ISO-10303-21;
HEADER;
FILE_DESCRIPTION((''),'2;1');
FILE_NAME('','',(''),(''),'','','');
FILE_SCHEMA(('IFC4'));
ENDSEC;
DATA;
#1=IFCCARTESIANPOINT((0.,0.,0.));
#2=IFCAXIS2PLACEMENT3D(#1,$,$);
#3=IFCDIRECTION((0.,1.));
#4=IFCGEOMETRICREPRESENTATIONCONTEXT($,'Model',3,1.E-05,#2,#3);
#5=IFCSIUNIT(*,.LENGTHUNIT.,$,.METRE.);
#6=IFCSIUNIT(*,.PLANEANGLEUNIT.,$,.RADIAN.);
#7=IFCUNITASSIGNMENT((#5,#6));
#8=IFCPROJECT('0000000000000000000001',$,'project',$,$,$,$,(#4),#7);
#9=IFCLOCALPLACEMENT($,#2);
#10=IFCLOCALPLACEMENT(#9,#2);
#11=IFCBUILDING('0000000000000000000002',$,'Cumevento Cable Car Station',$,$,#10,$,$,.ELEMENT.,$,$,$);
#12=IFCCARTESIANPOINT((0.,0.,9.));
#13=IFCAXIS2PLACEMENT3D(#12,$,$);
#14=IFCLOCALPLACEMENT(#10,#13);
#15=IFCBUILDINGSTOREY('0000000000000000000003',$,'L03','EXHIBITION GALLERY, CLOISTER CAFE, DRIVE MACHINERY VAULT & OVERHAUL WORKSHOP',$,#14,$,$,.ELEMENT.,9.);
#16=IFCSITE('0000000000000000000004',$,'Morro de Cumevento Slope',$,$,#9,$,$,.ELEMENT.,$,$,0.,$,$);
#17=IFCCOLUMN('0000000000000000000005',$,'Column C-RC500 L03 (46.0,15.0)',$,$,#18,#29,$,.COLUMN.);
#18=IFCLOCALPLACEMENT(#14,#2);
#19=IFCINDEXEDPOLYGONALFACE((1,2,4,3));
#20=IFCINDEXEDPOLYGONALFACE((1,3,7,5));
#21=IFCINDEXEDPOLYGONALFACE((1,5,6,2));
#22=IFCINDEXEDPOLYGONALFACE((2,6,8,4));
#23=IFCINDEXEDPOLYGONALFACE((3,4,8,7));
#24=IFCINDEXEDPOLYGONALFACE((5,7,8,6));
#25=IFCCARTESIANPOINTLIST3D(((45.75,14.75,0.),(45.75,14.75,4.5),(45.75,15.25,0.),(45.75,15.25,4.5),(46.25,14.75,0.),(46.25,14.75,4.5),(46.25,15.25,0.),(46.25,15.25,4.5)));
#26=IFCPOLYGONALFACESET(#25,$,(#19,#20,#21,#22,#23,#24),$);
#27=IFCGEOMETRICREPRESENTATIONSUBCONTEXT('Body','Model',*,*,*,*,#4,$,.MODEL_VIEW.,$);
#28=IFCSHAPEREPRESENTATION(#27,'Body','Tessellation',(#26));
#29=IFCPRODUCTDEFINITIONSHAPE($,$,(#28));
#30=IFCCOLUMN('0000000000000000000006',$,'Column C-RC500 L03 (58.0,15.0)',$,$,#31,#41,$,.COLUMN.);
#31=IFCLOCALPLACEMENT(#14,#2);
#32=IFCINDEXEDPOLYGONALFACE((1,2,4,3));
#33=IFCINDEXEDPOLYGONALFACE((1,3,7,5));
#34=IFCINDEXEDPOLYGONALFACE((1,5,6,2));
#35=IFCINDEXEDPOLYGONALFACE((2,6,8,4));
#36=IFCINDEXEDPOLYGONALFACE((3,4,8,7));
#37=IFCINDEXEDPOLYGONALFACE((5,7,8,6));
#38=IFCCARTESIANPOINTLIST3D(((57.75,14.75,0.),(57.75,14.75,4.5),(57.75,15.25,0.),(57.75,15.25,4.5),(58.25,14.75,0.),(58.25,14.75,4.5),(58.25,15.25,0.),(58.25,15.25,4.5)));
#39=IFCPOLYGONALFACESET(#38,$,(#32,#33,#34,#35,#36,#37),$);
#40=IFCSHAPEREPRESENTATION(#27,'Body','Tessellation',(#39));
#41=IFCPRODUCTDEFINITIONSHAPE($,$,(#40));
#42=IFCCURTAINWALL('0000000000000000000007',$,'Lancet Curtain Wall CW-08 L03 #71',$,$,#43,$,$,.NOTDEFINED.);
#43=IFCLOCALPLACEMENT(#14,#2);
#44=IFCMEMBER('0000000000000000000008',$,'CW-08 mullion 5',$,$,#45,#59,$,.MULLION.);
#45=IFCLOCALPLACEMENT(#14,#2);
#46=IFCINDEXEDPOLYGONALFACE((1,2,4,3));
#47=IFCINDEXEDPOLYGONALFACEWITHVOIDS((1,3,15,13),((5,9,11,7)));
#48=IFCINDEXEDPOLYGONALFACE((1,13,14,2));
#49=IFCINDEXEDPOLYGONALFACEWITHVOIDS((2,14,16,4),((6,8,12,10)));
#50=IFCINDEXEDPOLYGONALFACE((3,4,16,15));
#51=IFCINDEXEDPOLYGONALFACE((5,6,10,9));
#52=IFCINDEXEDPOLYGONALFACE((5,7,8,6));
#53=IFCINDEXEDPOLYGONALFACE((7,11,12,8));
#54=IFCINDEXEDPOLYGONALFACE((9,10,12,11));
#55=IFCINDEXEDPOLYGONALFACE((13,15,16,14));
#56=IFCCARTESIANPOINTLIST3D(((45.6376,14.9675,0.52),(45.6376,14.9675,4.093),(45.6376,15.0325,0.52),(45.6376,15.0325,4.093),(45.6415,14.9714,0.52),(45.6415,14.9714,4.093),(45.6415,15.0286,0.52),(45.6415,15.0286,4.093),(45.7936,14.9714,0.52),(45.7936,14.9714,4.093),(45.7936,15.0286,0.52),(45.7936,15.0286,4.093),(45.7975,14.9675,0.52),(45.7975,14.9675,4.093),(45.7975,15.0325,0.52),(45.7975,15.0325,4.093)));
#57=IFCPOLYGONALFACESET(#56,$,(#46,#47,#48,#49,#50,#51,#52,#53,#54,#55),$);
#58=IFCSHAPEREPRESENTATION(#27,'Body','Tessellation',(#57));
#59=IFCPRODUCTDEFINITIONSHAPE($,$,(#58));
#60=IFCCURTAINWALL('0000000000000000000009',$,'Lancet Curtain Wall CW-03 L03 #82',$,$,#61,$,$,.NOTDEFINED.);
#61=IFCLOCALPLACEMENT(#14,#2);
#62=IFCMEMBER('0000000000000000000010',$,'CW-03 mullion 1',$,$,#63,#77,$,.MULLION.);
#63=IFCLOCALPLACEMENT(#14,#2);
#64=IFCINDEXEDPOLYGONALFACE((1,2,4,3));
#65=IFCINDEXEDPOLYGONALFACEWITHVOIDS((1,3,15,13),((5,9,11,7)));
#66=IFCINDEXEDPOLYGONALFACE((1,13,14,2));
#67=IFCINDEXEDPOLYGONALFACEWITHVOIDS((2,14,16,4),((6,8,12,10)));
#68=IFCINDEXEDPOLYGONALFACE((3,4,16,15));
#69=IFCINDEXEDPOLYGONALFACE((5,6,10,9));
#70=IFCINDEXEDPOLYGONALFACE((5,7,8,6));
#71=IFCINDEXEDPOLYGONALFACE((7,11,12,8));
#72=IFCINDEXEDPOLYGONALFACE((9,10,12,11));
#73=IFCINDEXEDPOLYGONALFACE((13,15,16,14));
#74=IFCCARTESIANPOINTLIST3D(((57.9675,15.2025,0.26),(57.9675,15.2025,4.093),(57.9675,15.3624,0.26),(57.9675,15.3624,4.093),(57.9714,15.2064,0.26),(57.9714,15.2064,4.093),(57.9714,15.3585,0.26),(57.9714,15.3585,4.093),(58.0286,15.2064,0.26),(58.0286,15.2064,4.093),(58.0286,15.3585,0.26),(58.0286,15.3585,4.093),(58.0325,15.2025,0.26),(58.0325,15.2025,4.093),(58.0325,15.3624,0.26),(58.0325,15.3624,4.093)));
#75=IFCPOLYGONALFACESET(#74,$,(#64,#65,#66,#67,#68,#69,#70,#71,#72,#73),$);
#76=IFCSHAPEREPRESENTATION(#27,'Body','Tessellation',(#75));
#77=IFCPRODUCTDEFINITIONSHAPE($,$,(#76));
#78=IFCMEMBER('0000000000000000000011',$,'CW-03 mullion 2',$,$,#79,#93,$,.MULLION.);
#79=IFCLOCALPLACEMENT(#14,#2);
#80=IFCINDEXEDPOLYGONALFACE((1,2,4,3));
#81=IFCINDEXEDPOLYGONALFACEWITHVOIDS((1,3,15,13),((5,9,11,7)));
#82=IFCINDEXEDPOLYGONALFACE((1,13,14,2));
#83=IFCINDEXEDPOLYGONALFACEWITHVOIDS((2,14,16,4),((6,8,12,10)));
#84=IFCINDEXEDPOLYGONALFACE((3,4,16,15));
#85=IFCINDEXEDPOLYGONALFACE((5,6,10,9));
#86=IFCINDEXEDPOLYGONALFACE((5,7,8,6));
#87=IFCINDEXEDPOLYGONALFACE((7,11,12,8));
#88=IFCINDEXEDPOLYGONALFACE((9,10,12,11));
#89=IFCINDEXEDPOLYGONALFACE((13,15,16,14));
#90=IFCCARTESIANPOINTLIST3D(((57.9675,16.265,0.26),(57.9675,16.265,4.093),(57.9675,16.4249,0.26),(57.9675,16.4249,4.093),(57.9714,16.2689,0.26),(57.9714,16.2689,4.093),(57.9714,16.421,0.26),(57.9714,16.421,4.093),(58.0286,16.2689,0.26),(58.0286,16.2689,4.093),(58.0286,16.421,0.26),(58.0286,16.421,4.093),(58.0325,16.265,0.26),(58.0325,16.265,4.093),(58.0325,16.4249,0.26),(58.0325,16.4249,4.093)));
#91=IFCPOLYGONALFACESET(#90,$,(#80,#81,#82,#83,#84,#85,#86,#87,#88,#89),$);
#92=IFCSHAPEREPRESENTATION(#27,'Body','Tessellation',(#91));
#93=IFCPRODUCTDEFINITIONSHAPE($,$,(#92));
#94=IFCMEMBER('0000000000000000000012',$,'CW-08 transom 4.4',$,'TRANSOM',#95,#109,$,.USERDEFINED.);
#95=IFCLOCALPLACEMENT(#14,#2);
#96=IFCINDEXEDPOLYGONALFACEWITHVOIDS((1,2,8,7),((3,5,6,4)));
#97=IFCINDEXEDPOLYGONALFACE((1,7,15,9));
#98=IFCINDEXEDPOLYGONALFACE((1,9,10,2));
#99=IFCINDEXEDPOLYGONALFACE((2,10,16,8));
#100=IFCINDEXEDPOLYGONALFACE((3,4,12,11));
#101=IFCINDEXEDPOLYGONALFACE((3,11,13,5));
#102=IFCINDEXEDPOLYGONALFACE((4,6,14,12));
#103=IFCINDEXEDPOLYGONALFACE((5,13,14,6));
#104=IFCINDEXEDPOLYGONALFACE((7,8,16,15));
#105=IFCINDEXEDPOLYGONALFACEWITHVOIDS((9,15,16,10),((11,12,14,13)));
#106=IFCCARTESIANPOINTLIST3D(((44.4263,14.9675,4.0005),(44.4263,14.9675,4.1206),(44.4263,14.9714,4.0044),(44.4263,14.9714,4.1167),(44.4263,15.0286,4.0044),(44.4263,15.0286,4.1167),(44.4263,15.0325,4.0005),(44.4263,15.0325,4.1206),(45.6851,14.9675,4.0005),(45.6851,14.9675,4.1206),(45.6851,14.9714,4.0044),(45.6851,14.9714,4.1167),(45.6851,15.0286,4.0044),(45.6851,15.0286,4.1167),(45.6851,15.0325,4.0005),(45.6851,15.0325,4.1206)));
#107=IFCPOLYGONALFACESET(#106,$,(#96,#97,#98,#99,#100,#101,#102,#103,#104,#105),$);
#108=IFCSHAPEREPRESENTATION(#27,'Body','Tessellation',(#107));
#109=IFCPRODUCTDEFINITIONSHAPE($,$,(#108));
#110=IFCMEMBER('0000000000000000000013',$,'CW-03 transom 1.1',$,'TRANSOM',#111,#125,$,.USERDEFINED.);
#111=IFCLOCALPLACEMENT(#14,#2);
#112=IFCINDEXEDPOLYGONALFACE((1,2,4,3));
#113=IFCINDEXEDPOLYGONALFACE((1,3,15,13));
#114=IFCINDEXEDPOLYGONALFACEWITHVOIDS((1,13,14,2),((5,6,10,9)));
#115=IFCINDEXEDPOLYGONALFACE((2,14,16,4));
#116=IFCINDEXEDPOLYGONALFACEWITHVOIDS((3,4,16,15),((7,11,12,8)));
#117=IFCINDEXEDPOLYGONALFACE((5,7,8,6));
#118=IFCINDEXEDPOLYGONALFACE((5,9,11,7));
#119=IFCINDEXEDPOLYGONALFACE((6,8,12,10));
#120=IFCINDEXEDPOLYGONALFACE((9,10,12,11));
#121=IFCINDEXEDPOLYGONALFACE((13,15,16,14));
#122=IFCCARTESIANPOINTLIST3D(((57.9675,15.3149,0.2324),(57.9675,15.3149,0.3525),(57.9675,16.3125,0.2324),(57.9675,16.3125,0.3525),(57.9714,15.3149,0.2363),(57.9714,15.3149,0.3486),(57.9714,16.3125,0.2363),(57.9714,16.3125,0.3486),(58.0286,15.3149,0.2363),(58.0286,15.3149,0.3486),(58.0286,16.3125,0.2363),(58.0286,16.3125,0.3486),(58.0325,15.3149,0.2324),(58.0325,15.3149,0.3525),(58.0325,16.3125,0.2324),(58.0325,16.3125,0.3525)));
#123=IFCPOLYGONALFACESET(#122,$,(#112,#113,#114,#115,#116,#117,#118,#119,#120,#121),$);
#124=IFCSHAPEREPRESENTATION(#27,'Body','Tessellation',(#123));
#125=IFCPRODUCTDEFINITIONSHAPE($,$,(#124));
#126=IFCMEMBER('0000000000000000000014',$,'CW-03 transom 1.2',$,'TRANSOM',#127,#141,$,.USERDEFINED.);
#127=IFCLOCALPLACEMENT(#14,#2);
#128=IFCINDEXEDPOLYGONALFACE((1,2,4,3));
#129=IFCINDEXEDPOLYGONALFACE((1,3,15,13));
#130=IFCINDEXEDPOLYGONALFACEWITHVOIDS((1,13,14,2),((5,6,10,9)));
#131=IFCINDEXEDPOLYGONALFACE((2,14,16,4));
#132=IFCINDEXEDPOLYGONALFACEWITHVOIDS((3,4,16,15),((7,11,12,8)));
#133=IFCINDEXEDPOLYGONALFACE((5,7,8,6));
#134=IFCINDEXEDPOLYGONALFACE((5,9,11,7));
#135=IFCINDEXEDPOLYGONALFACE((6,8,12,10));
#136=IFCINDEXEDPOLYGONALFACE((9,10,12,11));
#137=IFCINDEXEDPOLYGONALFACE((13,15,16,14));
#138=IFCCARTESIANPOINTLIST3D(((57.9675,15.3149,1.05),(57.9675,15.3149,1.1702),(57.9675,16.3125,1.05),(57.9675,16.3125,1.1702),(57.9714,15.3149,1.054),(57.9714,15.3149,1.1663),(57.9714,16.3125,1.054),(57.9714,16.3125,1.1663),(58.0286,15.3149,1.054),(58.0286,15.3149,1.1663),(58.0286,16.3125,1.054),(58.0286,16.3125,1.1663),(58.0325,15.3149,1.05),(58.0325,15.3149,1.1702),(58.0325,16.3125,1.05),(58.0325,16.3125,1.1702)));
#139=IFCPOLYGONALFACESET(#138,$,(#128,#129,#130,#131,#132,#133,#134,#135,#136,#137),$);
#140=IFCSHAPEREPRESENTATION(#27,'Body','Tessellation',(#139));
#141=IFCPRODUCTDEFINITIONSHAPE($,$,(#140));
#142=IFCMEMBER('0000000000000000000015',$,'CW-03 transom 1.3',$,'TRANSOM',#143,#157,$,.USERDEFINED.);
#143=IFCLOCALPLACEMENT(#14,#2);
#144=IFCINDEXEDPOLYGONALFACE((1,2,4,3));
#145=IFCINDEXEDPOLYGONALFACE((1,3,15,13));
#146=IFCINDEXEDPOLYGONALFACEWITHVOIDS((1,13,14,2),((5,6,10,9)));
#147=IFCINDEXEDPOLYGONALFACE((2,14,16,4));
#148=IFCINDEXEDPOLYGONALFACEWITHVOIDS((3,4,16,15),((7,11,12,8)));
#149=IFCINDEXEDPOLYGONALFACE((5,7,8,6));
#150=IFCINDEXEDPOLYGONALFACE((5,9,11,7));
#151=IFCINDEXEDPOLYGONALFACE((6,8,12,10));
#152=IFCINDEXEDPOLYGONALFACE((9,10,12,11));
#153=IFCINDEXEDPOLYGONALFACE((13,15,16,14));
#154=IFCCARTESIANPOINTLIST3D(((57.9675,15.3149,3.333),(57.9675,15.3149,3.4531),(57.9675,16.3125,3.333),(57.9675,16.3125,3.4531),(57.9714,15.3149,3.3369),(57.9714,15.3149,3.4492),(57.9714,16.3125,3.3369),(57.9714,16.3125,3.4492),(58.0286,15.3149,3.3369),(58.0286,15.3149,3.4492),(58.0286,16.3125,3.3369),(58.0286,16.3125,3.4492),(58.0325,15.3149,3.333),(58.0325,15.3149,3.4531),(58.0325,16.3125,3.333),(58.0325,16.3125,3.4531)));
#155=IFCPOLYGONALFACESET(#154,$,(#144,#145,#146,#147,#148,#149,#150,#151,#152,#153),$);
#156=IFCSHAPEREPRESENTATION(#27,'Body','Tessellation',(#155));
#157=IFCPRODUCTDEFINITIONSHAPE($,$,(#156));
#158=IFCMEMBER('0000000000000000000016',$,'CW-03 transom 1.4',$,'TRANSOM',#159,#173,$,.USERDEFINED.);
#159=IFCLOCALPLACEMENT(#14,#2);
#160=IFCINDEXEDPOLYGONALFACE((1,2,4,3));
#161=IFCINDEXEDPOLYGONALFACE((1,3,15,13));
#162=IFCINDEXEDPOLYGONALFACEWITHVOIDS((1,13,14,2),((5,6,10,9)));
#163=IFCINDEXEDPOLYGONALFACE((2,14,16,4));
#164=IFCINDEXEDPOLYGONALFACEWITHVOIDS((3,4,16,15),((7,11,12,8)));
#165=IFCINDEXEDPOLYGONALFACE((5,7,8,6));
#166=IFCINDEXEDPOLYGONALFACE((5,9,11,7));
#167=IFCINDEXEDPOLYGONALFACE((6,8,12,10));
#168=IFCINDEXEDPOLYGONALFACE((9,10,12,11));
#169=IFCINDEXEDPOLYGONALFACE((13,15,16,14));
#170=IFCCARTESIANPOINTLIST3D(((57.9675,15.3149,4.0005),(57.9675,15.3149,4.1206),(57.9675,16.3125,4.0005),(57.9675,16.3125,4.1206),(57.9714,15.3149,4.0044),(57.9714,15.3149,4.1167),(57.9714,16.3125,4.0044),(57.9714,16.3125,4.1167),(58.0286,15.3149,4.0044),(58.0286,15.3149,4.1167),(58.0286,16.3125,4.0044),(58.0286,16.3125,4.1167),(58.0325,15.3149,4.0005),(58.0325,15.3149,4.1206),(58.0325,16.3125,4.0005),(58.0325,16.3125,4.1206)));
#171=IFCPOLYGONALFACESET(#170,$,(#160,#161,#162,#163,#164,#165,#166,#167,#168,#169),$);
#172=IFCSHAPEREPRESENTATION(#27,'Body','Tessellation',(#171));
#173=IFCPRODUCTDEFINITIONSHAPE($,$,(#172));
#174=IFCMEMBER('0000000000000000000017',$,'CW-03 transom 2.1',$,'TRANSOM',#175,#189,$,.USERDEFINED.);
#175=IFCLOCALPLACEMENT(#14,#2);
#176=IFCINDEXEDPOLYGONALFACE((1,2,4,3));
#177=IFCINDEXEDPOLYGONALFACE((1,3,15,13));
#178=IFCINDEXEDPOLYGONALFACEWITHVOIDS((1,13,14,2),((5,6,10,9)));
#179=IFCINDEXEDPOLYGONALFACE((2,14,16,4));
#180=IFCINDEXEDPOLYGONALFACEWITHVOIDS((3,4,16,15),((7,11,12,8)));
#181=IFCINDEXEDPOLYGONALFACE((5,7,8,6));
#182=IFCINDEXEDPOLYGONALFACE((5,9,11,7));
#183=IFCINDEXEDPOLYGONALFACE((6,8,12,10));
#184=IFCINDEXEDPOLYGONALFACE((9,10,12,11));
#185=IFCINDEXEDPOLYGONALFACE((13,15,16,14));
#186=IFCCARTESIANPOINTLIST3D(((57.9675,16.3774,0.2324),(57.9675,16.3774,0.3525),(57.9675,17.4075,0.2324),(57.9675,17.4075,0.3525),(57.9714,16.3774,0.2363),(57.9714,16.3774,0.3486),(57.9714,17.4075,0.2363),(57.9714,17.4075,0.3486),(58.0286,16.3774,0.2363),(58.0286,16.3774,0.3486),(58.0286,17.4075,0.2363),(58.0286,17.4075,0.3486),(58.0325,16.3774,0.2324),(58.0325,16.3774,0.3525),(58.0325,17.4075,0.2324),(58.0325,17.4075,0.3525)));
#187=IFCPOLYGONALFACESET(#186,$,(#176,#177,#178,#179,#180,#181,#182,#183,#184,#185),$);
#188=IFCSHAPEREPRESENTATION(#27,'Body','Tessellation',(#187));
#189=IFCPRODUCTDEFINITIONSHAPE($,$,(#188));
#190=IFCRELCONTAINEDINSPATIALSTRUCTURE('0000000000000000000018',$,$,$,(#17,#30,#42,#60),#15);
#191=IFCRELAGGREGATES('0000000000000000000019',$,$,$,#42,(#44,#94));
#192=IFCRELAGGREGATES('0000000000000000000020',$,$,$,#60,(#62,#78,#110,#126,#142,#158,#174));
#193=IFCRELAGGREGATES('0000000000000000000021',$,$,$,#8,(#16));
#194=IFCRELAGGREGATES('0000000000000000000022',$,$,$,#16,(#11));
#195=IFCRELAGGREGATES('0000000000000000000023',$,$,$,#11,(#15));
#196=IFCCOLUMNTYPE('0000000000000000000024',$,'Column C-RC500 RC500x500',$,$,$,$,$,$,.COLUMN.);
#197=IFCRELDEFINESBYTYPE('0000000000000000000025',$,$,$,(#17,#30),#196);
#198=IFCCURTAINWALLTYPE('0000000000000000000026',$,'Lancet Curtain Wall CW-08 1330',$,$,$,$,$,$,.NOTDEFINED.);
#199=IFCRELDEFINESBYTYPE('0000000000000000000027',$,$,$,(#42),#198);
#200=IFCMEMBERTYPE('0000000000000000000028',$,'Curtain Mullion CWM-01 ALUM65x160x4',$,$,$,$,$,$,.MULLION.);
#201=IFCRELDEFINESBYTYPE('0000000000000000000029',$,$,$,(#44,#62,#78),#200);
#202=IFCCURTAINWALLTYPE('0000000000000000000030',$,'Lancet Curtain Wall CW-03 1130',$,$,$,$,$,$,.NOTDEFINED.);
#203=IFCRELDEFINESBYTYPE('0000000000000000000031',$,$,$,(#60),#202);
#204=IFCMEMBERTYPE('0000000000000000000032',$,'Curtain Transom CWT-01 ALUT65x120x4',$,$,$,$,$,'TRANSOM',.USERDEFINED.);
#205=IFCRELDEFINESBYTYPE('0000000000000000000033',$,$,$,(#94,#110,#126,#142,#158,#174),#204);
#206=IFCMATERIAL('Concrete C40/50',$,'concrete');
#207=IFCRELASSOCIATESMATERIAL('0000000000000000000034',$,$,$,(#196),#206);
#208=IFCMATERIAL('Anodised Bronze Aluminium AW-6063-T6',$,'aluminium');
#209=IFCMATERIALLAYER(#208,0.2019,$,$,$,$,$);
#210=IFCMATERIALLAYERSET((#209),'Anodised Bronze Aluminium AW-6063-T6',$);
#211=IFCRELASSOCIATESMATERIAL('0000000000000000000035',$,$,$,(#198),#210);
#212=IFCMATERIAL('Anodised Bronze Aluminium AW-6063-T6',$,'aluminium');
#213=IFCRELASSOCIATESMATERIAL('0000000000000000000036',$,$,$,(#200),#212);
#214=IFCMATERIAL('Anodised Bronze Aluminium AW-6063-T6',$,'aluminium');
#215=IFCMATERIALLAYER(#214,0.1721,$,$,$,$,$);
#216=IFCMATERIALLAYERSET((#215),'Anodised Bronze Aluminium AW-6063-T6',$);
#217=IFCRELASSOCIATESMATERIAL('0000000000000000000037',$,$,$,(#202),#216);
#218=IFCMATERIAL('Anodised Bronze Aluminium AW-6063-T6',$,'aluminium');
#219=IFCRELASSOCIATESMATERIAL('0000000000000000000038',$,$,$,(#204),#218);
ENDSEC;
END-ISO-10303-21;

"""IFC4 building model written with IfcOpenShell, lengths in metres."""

from ifc_helpers import new_model, si_unit, direction, frame, origin, origin_2d, place, context, subcontext, project, spatial, rectangle, hollow_rectangle, extrude, material, layer, layer_set, material_profile, profile_set, type_object, element, aggregate, save


model = new_model("IFC4")

# Units and contexts
model_context = context("Model", 3, precision=1e-05, world=origin(), true_north=direction((0.0, 1.0)))
body_context = subcontext(model_context, "Body", "Model", "MODEL_VIEW")
ifc_project = project(units=[si_unit("LENGTHUNIT", "METRE"), si_unit("PLANEANGLEUNIT", "RADIAN")], contexts=[model_context])

# Site, building, storey
site_placement = place(None, origin())
site = spatial("IfcSite", under=ifc_project, at=site_placement, Name="Morro de Cumevento Slope", CompositionType="ELEMENT", RefElevation=0.0)
building_placement = place(site_placement, origin())
building = spatial("IfcBuilding", under=site, at=building_placement, Name="Cumevento Cable Car Station", CompositionType="ELEMENT")
storey_placement = place(building_placement, frame((0.0, 0.0, 9.0)))
storey = spatial("IfcBuildingStorey", under=building, at=storey_placement, Name="L03", Description="EXHIBITION GALLERY, CLOISTER CAFE, DRIVE MACHINERY VAULT & OVERHAUL WORKSHOP", CompositionType="ELEMENT", Elevation=9.0)

# Columns
ifc_material_1 = material(Name="Concrete C40/50", Category="concrete")
ifc_material_profile_1 = material_profile(ifc_material_1, rectangle(XDim=0.5, YDim=0.5, at=origin_2d()), Name="RC500x500")
ifc_profile_set_1 = profile_set([ifc_material_profile_1], Name="Concrete C40/50")
column_type = type_object("IfcColumnType", Name="Column C-RC500 RC500x500", PredefinedType="COLUMN", material=ifc_profile_set_1)
for number, where, z_axis, x_axis, name in (
    (1, (46.0, 15.0, 0.0), (0.0, 0.0, 1.0), (1.0, 0.0, 0.0), "Column C-RC500 L03 (46.0,15.0)"),
    (2, (58.0, 15.0, 0.0), (0.0, 0.0, 1.0), (1.0, 0.0, 0.0), "Column C-RC500 L03 (58.0,15.0)"),
):
    element("IfcColumn", number, at=place(storey_placement, frame(where, z_axis=z_axis, x_axis=x_axis)), inside=storey, type_object=column_type, Name=name, PredefinedType="COLUMN", context=body_context, shape_type="SweptSolid", body=[
        extrude(rectangle(XDim=0.5, YDim=0.5, at=origin_2d()), origin(), (0.0, 0.0, 1.0), 4.5),
    ])

# Curtain wall, member
ifc_material_2 = material(Name="Anodised Bronze Aluminium AW-6063-T6", Category="aluminium")
ifc_layer_1 = layer(ifc_material_2, 0.2019)
ifc_layer_set_1 = layer_set([ifc_layer_1], Name="Anodised Bronze Aluminium AW-6063-T6")
curtain_wall_type_1 = type_object("IfcCurtainWallType", Name="Lancet Curtain Wall CW-08 1330", PredefinedType="NOTDEFINED", material=ifc_layer_set_1)
curtain_wall_1_placement = place(storey_placement, origin())
curtain_wall_1 = element("IfcCurtainWall", 3, at=curtain_wall_1_placement, inside=storey, type_object=curtain_wall_type_1, Name="Lancet Curtain Wall CW-08 L03 #71", PredefinedType="NOTDEFINED")
ifc_material_3 = material(Name="Anodised Bronze Aluminium AW-6063-T6", Category="aluminium")
ifc_material_profile_2 = material_profile(ifc_material_3, hollow_rectangle(XDim=0.0649, YDim=0.1599, WallThickness=0.0039, at=origin_2d()), Name="ALUM65x160x4")
ifc_profile_set_2 = profile_set([ifc_material_profile_2], Name="Anodised Bronze Aluminium AW-6063-T6")
member_type_1 = type_object("IfcMemberType", Name="Curtain Mullion CWM-01 ALUM65x160x4", PredefinedType="MULLION", material=ifc_profile_set_2)
member_1_placement = place(storey_placement, frame((45.7175, 15.0, 0.52), z_axis=(0.0, 0.0, 1.0), x_axis=(0.0, 1.0, 0.0)))
member_1 = element("IfcMember", 4, at=member_1_placement, type_object=member_type_1, Name="CW-08 mullion 5", PredefinedType="MULLION", context=body_context, shape_type="SweptSolid", body=[
    extrude(hollow_rectangle(XDim=0.0649, YDim=0.1599, WallThickness=0.0039, at=origin_2d()), origin(), (0.0, 0.0, 1.0), 3.573),
])

# Curtain wall, members
ifc_material_4 = material(Name="Anodised Bronze Aluminium AW-6063-T6", Category="aluminium")
ifc_layer_2 = layer(ifc_material_4, 0.1721)
ifc_layer_set_2 = layer_set([ifc_layer_2], Name="Anodised Bronze Aluminium AW-6063-T6")
curtain_wall_type_2 = type_object("IfcCurtainWallType", Name="Lancet Curtain Wall CW-03 1130", PredefinedType="NOTDEFINED", material=ifc_layer_set_2)
curtain_wall_2_placement = place(storey_placement, origin())
curtain_wall_2 = element("IfcCurtainWall", 5, at=curtain_wall_2_placement, inside=storey, type_object=curtain_wall_type_2, Name="Lancet Curtain Wall CW-03 L03 #82", PredefinedType="NOTDEFINED")
member_2_placement = place(storey_placement, frame((58.0, 15.2825, 0.26), z_axis=(0.0, 0.0, 1.0), x_axis=(-1.0, 0.0, 0.0)))
member_2 = element("IfcMember", 6, at=member_2_placement, type_object=member_type_1, Name="CW-03 mullion 1", PredefinedType="MULLION", context=body_context, shape_type="SweptSolid", body=[
    extrude(hollow_rectangle(XDim=0.0649, YDim=0.1599, WallThickness=0.0039, at=origin_2d()), origin(), (0.0, 0.0, 1.0), 3.833),
])
member_3_placement = place(storey_placement, frame((58.0, 16.345, 0.26), z_axis=(0.0, 0.0, 1.0), x_axis=(-1.0, 0.0, 0.0)))
member_3 = element("IfcMember", 7, at=member_3_placement, type_object=member_type_1, Name="CW-03 mullion 2", PredefinedType="MULLION", context=body_context, shape_type="SweptSolid", body=[
    extrude(hollow_rectangle(XDim=0.0649, YDim=0.1599, WallThickness=0.0039, at=origin_2d()), origin(), (0.0, 0.0, 1.0), 3.833),
])

# Members
ifc_material_5 = material(Name="Anodised Bronze Aluminium AW-6063-T6", Category="aluminium")
ifc_material_profile_3 = material_profile(ifc_material_5, hollow_rectangle(XDim=0.0649, YDim=0.1201, WallThickness=0.0039, at=origin_2d()), Name="ALUT65x120x4")
ifc_profile_set_3 = profile_set([ifc_material_profile_3], Name="Anodised Bronze Aluminium AW-6063-T6")
member_type_2 = type_object("IfcMemberType", Name="Curtain Transom CWT-01 ALUT65x120x4", ElementType="TRANSOM", PredefinedType="USERDEFINED", material=ifc_profile_set_3)
member_4_placement = place(storey_placement, frame((44.4263, 15.0, 4.0605), z_axis=(1.0, 0.0, 0.0), x_axis=(0.0, 1.0, 0.0)))
member_4 = element("IfcMember", 8, at=member_4_placement, type_object=member_type_2, Name="CW-08 transom 4.4", ObjectType="TRANSOM", PredefinedType="USERDEFINED", context=body_context, shape_type="SweptSolid", body=[
    extrude(hollow_rectangle(XDim=0.0649, YDim=0.1201, WallThickness=0.0039, at=origin_2d()), origin(), (0.0, 0.0, 1.0), 1.2588),
])
member_5_placement = place(storey_placement, frame((58.0, 15.3149, 0.2925), z_axis=(0.0, 1.0, 0.0), x_axis=(-1.0, 0.0, 0.0)))
member_5 = element("IfcMember", 9, at=member_5_placement, type_object=member_type_2, Name="CW-03 transom 1.1", ObjectType="TRANSOM", PredefinedType="USERDEFINED", context=body_context, shape_type="SweptSolid", body=[
    extrude(hollow_rectangle(XDim=0.0649, YDim=0.1201, WallThickness=0.0039, at=origin_2d()), origin(), (0.0, 0.0, 1.0), 0.9976),
])
member_6_placement = place(storey_placement, frame((58.0, 15.3149, 1.1101), z_axis=(0.0, 1.0, 0.0), x_axis=(-1.0, 0.0, 0.0)))
member_6 = element("IfcMember", 10, at=member_6_placement, type_object=member_type_2, Name="CW-03 transom 1.2", ObjectType="TRANSOM", PredefinedType="USERDEFINED", context=body_context, shape_type="SweptSolid", body=[
    extrude(hollow_rectangle(XDim=0.0649, YDim=0.1201, WallThickness=0.0039, at=origin_2d()), origin(), (0.0, 0.0, 1.0), 0.9976),
])
member_7_placement = place(storey_placement, frame((58.0, 15.3149, 3.3931), z_axis=(0.0, 1.0, 0.0), x_axis=(-1.0, 0.0, 0.0)))
member_7 = element("IfcMember", 11, at=member_7_placement, type_object=member_type_2, Name="CW-03 transom 1.3", ObjectType="TRANSOM", PredefinedType="USERDEFINED", context=body_context, shape_type="SweptSolid", body=[
    extrude(hollow_rectangle(XDim=0.0649, YDim=0.1201, WallThickness=0.0039, at=origin_2d()), origin(), (0.0, 0.0, 1.0), 0.9976),
])
member_8_placement = place(storey_placement, frame((58.0, 15.3149, 4.0605), z_axis=(0.0, 1.0, 0.0), x_axis=(-1.0, 0.0, 0.0)))
member_8 = element("IfcMember", 12, at=member_8_placement, type_object=member_type_2, Name="CW-03 transom 1.4", ObjectType="TRANSOM", PredefinedType="USERDEFINED", context=body_context, shape_type="SweptSolid", body=[
    extrude(hollow_rectangle(XDim=0.0649, YDim=0.1201, WallThickness=0.0039, at=origin_2d()), origin(), (0.0, 0.0, 1.0), 0.9976),
])
member_9_placement = place(storey_placement, frame((58.0, 16.3774, 0.2925), z_axis=(0.0, 1.0, 0.0), x_axis=(-1.0, 0.0, 0.0)))
member_9 = element("IfcMember", 13, at=member_9_placement, type_object=member_type_2, Name="CW-03 transom 2.1", ObjectType="TRANSOM", PredefinedType="USERDEFINED", context=body_context, shape_type="SweptSolid", body=[
    extrude(hollow_rectangle(XDim=0.0649, YDim=0.1201, WallThickness=0.0039, at=origin_2d()), origin(), (0.0, 0.0, 1.0), 1.03),
])

aggregate(curtain_wall_1, [member_1, member_4])
aggregate(curtain_wall_2, [member_2, member_3, member_5, member_6, member_7, member_8, member_9])

save(model, "model.ifc")
